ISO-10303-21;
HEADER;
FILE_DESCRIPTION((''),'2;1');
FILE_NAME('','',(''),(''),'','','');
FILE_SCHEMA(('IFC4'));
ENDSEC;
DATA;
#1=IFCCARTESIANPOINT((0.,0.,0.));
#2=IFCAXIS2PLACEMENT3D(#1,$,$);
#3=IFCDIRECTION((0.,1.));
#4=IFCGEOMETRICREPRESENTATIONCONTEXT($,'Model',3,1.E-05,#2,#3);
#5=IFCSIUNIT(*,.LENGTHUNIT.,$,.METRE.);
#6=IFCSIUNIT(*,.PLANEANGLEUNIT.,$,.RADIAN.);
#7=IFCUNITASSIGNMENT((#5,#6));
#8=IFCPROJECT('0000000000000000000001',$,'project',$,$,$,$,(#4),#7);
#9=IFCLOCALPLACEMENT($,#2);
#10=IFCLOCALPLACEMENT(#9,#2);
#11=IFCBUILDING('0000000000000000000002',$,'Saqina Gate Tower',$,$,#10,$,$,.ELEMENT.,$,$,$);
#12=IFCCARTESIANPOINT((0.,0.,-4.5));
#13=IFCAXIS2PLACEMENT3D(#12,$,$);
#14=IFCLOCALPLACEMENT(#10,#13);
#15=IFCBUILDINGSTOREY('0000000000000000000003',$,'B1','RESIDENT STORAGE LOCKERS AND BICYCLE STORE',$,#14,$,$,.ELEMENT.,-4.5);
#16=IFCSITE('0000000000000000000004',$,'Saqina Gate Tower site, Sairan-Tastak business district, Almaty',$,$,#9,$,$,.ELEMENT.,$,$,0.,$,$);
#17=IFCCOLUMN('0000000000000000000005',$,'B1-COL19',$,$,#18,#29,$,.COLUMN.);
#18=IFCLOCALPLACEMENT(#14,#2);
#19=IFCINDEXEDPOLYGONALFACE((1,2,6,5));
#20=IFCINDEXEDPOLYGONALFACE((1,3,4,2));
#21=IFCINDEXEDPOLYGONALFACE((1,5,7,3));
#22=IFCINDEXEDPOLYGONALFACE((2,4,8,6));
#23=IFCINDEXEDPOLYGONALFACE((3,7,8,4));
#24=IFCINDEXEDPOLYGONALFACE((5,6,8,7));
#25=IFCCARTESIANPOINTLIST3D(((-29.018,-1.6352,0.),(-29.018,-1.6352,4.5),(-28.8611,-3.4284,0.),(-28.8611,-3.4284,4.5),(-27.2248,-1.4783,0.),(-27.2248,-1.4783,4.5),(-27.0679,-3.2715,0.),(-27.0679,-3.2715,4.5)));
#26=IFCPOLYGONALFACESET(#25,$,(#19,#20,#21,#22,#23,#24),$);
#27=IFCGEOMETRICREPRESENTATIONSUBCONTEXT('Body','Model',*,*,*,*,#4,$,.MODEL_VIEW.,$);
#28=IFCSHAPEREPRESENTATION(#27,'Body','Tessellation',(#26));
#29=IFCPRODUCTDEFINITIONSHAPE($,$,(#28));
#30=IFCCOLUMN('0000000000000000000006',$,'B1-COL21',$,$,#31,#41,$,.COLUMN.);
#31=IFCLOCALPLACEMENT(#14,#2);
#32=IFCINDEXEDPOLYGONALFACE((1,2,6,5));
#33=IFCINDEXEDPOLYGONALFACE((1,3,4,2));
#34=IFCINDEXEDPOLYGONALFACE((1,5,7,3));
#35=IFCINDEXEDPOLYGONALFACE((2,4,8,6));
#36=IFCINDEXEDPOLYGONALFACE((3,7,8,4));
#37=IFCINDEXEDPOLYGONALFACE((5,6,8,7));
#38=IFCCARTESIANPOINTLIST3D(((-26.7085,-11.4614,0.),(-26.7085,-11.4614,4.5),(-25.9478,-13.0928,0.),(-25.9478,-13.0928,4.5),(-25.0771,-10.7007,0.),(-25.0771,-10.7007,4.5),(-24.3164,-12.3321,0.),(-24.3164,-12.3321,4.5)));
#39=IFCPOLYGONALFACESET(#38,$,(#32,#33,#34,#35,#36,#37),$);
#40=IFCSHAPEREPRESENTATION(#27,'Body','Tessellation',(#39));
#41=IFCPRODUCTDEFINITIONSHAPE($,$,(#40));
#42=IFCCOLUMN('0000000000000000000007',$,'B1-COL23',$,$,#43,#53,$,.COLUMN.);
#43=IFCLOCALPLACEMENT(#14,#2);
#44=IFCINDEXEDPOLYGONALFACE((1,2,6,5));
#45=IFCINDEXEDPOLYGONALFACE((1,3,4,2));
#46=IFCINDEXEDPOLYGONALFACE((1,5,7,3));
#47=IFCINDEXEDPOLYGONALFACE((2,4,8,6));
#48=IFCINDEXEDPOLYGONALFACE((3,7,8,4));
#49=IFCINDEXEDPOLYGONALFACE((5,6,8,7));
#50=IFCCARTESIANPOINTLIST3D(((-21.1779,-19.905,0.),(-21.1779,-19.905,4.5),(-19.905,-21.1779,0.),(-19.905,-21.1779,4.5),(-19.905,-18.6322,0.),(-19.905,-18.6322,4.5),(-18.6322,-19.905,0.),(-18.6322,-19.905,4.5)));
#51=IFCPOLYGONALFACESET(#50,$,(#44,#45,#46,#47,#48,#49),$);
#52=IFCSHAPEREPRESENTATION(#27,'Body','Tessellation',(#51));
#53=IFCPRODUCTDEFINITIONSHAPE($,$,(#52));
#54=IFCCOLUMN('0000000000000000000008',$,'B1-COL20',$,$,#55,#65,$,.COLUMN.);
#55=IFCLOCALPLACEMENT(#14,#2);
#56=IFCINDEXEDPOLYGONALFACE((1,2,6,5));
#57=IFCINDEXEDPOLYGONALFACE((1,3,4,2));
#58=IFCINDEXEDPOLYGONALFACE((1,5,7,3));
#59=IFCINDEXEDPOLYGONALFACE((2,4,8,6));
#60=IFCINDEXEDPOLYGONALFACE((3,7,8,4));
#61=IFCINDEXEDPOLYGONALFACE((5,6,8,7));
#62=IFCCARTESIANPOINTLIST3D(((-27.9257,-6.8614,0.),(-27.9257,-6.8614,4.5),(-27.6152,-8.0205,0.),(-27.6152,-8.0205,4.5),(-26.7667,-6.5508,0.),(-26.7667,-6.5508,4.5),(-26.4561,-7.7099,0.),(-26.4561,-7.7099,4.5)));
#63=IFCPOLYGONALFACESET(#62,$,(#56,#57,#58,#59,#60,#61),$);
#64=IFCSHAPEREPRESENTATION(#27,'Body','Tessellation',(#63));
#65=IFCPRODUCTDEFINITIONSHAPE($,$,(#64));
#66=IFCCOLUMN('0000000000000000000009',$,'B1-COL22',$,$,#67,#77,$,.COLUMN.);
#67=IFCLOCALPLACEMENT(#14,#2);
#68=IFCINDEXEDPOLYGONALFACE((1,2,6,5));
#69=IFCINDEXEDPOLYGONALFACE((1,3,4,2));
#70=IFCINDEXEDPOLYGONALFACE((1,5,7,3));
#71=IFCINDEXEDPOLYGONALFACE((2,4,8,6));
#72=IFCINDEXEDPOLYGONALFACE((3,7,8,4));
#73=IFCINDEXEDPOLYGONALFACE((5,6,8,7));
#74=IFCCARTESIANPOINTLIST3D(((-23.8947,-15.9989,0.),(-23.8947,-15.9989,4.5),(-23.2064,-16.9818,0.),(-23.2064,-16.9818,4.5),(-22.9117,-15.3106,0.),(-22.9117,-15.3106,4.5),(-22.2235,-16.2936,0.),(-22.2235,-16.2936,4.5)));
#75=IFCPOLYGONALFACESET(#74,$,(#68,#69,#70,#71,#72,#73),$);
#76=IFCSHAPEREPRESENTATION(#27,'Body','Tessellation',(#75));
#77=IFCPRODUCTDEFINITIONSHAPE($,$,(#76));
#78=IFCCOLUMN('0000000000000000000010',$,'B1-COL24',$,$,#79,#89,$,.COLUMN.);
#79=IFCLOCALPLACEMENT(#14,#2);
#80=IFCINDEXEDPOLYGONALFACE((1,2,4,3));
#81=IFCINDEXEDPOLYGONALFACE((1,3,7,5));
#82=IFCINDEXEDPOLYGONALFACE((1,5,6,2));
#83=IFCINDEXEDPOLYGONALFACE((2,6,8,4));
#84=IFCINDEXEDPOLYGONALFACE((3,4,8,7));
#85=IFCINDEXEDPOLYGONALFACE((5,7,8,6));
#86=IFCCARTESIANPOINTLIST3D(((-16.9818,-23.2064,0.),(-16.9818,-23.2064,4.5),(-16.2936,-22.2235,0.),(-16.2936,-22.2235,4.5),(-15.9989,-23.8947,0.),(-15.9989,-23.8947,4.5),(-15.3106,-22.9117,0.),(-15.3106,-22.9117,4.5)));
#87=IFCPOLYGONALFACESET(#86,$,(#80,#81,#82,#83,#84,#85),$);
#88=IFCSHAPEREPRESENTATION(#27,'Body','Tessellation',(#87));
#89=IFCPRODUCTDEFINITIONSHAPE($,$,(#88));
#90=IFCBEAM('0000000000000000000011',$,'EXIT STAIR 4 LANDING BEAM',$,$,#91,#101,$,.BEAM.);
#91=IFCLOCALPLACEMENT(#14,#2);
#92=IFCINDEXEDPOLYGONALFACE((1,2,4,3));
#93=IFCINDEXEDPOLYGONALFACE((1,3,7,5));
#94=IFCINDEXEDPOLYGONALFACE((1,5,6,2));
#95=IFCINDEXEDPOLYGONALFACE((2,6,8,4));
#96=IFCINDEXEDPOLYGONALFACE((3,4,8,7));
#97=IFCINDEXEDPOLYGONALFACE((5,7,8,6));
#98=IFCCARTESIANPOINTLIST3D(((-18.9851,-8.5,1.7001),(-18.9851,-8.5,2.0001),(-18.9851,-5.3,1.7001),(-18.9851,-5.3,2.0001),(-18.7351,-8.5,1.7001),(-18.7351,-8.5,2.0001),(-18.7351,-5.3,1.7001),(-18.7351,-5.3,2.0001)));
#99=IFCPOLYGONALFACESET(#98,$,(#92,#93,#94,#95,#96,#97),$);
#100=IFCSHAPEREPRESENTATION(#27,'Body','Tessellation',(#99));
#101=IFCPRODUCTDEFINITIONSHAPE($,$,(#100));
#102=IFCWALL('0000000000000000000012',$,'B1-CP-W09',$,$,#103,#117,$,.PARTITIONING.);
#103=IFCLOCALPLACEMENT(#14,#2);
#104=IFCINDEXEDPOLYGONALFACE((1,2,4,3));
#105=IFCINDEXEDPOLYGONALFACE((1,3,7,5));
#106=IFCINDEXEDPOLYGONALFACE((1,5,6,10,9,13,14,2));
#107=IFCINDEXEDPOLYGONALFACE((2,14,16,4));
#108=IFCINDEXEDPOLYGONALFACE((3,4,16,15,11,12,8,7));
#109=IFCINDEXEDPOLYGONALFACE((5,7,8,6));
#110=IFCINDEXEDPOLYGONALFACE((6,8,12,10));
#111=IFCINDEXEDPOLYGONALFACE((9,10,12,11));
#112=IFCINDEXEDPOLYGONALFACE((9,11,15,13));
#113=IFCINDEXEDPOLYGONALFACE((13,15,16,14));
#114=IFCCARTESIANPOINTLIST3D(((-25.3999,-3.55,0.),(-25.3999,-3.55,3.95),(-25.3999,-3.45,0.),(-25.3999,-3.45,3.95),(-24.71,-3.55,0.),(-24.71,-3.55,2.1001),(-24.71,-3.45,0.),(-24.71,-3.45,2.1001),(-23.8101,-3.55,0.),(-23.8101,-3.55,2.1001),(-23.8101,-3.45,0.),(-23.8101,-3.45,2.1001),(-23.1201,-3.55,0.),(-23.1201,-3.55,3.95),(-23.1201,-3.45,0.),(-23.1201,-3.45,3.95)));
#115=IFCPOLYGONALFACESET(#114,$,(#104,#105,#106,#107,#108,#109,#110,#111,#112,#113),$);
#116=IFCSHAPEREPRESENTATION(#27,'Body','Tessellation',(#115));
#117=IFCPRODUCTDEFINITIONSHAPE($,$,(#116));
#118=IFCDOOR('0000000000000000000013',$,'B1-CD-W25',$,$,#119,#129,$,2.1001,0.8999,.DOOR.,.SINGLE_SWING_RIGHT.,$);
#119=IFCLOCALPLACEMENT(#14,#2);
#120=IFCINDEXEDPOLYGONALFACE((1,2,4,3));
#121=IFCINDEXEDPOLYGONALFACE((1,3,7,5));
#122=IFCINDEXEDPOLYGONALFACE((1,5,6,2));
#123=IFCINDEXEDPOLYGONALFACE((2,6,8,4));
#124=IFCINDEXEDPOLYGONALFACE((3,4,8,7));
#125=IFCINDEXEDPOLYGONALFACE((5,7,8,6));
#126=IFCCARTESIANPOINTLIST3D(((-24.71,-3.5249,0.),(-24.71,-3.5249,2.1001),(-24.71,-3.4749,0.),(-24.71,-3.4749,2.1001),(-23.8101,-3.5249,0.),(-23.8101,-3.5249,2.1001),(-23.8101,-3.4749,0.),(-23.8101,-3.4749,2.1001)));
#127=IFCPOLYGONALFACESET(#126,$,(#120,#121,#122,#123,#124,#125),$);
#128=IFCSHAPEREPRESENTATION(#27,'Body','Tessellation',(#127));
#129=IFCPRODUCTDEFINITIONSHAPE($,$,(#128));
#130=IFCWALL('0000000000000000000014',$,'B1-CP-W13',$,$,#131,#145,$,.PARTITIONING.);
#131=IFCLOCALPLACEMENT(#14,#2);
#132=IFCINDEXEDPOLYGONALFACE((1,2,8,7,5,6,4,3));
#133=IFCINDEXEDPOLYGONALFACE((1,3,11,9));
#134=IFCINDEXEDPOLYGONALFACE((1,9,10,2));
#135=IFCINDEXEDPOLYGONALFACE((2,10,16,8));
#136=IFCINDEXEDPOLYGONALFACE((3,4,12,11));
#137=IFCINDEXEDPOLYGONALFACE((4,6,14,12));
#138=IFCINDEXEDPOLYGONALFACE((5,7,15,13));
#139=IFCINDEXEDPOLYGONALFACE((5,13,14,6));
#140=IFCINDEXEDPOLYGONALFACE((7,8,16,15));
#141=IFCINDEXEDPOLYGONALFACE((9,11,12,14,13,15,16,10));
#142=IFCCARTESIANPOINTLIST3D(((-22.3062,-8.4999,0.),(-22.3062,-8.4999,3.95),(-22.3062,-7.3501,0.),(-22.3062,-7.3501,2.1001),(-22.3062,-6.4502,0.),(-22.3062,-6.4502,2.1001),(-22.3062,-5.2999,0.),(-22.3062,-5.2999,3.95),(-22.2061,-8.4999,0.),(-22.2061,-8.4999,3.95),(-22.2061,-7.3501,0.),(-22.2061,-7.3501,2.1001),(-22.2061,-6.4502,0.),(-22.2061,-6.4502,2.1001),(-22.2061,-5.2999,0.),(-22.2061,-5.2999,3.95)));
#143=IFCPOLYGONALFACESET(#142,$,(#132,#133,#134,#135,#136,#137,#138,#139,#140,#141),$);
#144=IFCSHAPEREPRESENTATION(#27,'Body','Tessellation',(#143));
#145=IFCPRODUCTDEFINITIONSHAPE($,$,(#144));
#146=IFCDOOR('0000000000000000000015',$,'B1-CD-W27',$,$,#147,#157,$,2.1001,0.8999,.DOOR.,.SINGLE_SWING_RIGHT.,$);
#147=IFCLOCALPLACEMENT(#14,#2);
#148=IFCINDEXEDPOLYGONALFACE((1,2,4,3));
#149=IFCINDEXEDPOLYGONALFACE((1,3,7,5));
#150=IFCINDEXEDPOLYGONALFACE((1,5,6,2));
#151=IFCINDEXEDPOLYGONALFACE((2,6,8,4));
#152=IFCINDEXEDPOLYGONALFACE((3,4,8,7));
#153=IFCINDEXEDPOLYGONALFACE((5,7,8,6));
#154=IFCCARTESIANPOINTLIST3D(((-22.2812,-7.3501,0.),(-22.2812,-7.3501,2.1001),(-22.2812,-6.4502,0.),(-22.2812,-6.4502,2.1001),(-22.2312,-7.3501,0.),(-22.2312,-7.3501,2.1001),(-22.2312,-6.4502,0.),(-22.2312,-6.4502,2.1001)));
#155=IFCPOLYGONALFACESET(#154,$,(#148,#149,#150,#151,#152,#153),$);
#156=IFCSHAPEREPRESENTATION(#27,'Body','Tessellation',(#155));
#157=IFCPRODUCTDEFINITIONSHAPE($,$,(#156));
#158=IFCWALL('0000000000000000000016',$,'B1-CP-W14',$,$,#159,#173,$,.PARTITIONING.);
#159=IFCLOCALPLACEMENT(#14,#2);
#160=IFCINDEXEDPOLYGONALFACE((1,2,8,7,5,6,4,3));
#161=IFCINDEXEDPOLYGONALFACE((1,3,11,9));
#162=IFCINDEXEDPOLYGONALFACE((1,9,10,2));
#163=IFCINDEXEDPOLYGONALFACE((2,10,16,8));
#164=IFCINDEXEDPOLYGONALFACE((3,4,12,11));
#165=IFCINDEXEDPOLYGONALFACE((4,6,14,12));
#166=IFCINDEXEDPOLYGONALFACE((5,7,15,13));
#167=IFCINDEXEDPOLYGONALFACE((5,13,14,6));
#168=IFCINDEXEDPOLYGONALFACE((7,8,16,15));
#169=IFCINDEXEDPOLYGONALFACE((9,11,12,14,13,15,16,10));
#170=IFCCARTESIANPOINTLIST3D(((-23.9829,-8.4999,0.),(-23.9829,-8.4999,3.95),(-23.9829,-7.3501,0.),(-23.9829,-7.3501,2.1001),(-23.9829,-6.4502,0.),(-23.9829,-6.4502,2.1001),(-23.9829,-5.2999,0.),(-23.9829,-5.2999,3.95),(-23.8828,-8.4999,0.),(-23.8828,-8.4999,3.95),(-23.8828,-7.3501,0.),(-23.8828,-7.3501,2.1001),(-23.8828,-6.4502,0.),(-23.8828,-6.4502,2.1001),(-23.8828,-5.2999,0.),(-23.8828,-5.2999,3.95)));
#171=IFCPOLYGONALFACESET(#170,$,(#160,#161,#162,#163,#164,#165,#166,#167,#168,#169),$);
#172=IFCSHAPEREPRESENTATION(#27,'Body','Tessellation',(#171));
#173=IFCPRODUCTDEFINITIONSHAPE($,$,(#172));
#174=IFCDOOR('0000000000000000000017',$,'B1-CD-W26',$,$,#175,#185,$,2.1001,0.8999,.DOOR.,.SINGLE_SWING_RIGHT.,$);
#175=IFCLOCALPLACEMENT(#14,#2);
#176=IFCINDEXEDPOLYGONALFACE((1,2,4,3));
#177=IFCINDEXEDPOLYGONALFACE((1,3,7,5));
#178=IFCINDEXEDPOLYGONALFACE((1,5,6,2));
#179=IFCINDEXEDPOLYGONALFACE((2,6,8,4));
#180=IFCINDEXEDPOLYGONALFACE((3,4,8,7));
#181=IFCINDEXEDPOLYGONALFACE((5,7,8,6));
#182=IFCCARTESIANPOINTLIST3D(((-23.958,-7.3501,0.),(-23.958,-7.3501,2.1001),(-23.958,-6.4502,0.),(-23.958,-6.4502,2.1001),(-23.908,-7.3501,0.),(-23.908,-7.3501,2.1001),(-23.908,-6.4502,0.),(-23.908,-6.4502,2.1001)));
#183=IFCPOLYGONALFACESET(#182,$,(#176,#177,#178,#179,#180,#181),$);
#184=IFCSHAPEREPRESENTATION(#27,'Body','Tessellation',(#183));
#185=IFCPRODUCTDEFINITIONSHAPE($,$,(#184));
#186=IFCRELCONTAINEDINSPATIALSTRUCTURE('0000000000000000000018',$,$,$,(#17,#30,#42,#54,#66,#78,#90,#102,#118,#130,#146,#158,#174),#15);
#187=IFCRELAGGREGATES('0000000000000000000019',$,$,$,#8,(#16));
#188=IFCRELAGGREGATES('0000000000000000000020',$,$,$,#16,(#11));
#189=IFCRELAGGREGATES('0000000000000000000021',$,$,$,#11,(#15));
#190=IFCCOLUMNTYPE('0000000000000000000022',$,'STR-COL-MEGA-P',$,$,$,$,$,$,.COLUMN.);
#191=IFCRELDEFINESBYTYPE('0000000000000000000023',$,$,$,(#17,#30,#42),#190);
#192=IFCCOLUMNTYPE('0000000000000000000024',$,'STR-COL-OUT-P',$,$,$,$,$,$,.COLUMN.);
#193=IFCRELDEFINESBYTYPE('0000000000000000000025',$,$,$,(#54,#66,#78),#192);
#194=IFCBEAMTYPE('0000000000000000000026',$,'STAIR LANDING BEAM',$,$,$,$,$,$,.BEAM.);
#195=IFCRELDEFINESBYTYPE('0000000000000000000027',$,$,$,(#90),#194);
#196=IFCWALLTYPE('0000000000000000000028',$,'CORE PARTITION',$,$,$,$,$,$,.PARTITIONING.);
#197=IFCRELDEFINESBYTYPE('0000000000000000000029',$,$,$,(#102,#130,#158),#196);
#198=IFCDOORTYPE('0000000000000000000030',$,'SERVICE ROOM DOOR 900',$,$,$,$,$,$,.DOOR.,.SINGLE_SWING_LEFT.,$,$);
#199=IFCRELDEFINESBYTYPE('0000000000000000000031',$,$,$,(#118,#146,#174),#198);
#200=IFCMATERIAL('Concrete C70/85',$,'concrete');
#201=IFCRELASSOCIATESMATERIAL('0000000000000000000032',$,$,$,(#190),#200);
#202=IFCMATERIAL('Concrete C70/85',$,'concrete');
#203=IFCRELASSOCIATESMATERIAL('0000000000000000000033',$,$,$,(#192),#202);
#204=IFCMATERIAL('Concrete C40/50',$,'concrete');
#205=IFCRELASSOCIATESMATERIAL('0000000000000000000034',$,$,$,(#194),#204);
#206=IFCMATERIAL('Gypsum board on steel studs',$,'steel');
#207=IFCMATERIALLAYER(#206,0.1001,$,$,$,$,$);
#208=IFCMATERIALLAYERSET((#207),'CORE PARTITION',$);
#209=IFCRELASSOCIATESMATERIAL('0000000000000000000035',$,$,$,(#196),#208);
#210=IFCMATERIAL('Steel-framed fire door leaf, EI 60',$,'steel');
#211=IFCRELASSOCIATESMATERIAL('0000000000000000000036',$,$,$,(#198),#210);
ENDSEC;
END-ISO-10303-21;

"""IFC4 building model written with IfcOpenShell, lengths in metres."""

from ifc_helpers import new_model, si_unit, direction, frame, frame_2d, origin, origin_2d, place, context, subcontext, project, spatial, rectangle, extrude, material, layer, layer_set, material_profile, profile_set, type_object, element, fill, save


model = new_model("IFC4")

# Units and contexts
model_context = context("Model", 3, precision=1e-05, world=origin(), true_north=direction((0.0, 1.0)))
body_context = subcontext(model_context, "Body", "Model", "MODEL_VIEW")
ifc_project = project(units=[si_unit("LENGTHUNIT", "METRE"), si_unit("PLANEANGLEUNIT", "RADIAN")], contexts=[model_context])

# Site, building, storey
site_placement = place(None, origin())
site = spatial("IfcSite", under=ifc_project, at=site_placement, Name="Saqina Gate Tower site, Sairan-Tastak business district, Almaty", CompositionType="ELEMENT", RefElevation=0.0)
building_placement = place(site_placement, origin())
building = spatial("IfcBuilding", under=site, at=building_placement, Name="Saqina Gate Tower", CompositionType="ELEMENT")
storey_placement = place(building_placement, frame((0.0, 0.0, -4.5)))
storey = spatial("IfcBuildingStorey", under=building, at=storey_placement, Name="B1", Description="RESIDENT STORAGE LOCKERS AND BICYCLE STORE", CompositionType="ELEMENT", Elevation=-4.5)

# Columns
ifc_material_1 = material(Name="Concrete C70/85", Category="concrete")
ifc_material_profile_1 = material_profile(ifc_material_1, rectangle(XDim=1.8, YDim=1.8, at=origin_2d()), Name="RC 1800x1800")
ifc_profile_set_1 = profile_set([ifc_material_profile_1], Name="Concrete C70/85")
column_type_1 = type_object("IfcColumnType", Name="STR-COL-MEGA-P", PredefinedType="COLUMN", material=ifc_profile_set_1)
for number, where, z_axis, x_axis, name in (
    (1, (-28.043, -2.4534, 0.0), (0.0, 0.0, 1.0), (-0.996195, -0.087156, 0.0), "B1-COL19"),
    (2, (-25.5125, -11.8967, 0.0), (0.0, 0.0, 1.0), (-0.906308, -0.422618, 0.0), "B1-COL21"),
    (3, (-19.905, -19.905, 0.0), (0.0, 0.0, 1.0), (-0.707107, -0.707107, 0.0), "B1-COL23"),
):
    element("IfcColumn", number, at=place(storey_placement, frame(where, z_axis=z_axis, x_axis=x_axis)), inside=storey, type_object=column_type_1, Name=name, PredefinedType="COLUMN", context=body_context, shape_type="SweptSolid", body=[
        extrude(rectangle(XDim=1.8, YDim=1.8, at=origin_2d()), origin(), (0.0, 0.0, 1.0), 4.5),
    ])
ifc_material_2 = material(Name="Concrete C70/85", Category="concrete")
ifc_material_profile_2 = material_profile(ifc_material_2, rectangle(XDim=1.2, YDim=1.2, at=origin_2d()), Name="RC 1200x1200")
ifc_profile_set_2 = profile_set([ifc_material_profile_2], Name="Concrete C70/85")
column_type_2 = type_object("IfcColumnType", Name="STR-COL-OUT-P", PredefinedType="COLUMN", material=ifc_profile_set_2)
for number, where, z_axis, x_axis, name in (
    (4, (-27.1909, -7.2856, 0.0), (0.0, 0.0, 1.0), (-0.965926, -0.258819, 0.0), "B1-COL20"),
    (5, (-23.0591, -16.1462, 0.0), (0.0, 0.0, 1.0), (-0.819152, -0.573576, 0.0), "B1-COL22"),
    (6, (-16.1462, -23.0591, 0.0), (0.0, 0.0, 1.0), (-0.573576, -0.819152, 0.0), "B1-COL24"),
):
    element("IfcColumn", number, at=place(storey_placement, frame(where, z_axis=z_axis, x_axis=x_axis)), inside=storey, type_object=column_type_2, Name=name, PredefinedType="COLUMN", context=body_context, shape_type="SweptSolid", body=[
        extrude(rectangle(XDim=1.2, YDim=1.2, at=origin_2d()), origin(), (0.0, 0.0, 1.0), 4.5),
    ])

# Beam
ifc_material_3 = material(Name="Concrete C40/50", Category="concrete")
ifc_material_profile_3 = material_profile(ifc_material_3, rectangle(XDim=0.25, YDim=0.3, at=origin_2d()), Name="STAIR LANDING BEAM")
ifc_profile_set_3 = profile_set([ifc_material_profile_3], Name="Concrete C40/50")
beam_type = type_object("IfcBeamType", Name="STAIR LANDING BEAM", PredefinedType="BEAM", material=ifc_profile_set_3)
beam_placement = place(storey_placement, frame((-18.8601, -8.5, 1.8501), z_axis=(0.0, 1.0, 0.0), x_axis=(-1.0, 0.0, 0.0)))
element("IfcBeam", 7, at=beam_placement, inside=storey, type_object=beam_type, Name="EXIT STAIR 4 LANDING BEAM", PredefinedType="BEAM", context=body_context, shape_type="SweptSolid", body=[
    extrude(rectangle(XDim=0.25, YDim=0.3, at=origin_2d()), origin(), (0.0, 0.0, 1.0), 3.2),
])

# Walls, openings, doors
ifc_material_4 = material(Name="Gypsum board on steel studs", Category="steel")
ifc_layer_1 = layer(ifc_material_4, 0.1001)
ifc_layer_set_1 = layer_set([ifc_layer_1], Name="CORE PARTITION")
wall_type_1 = type_object("IfcWallType", Name="CORE PARTITION", PredefinedType="PARTITIONING", material=ifc_layer_set_1)
wall_1_placement = place(storey_placement, frame((-23.1201, -3.5, 0.0), z_axis=(0.0, 0.0, 1.0), x_axis=(-1.0, 0.0, 0.0)))
wall_1 = element("IfcWall", 8, at=wall_1_placement, inside=storey, type_object=wall_type_1, Name="B1-CP-W09", PredefinedType="PARTITIONING", context=body_context, shape_type="SweptSolid", body=[
    extrude(rectangle(XDim=2.2798, YDim=0.1001, at=frame_2d((1.1399, 0.0))), origin(), (0.0, 0.0, 1.0), 3.95),
])
opening_1_placement = place(wall_1_placement, frame((0.6899, 0.0, 0.0)))
opening_1 = element("IfcOpeningElement", 9, at=opening_1_placement, cuts=wall_1, PredefinedType="OPENING", context=body_context, shape_type="SweptSolid", body=[
    extrude(rectangle(XDim=0.8999, YDim=2.1001, at=frame_2d((0.45, 1.05))), frame((0.0, 0.062, 0.0), z_axis=(0.0, -1.0, 0.0), x_axis=(1.0, 0.0, 0.0)), (0.0, 0.0, 1.0), 0.124),
])
ifc_material_5 = material(Name="Steel-framed fire door leaf, EI 60", Category="steel")
door_type_1 = type_object("IfcDoorType", Name="SERVICE ROOM DOOR 900", OperationType="SINGLE_SWING_LEFT", PredefinedType="DOOR", material=ifc_material_5)
door_1_placement = place(opening_1_placement, origin())
door_1 = element("IfcDoor", 10, at=door_1_placement, inside=storey, type_object=door_type_1, Name="B1-CD-W25", OperationType="SINGLE_SWING_RIGHT", OverallHeight=2.1001, OverallWidth=0.8999, PredefinedType="DOOR", context=body_context, shape_type="SweptSolid", body=[
    extrude(rectangle(XDim=0.8999, YDim=2.1001, at=frame_2d((0.45, 1.05))), frame((0.0, 0.0249, 0.0), z_axis=(0.0, -1.0, 0.0), x_axis=(1.0, 0.0, 0.0)), (0.0, 0.0, 1.0), 0.05),
])
fill(opening_1, door_1)
wall_2_placement = place(storey_placement, frame((-22.2561, -8.5, 0.0), z_axis=(0.0, 0.0, 1.0), x_axis=(0.0, 1.0, 0.0)))
wall_2 = element("IfcWall", 11, at=wall_2_placement, inside=storey, type_object=wall_type_1, Name="B1-CP-W13", PredefinedType="PARTITIONING", context=body_context, shape_type="SweptSolid", body=[
    extrude(rectangle(XDim=3.2, YDim=0.1001, at=frame_2d((1.6001, 0.0))), origin(), (0.0, 0.0, 1.0), 3.95),
])
opening_2_placement = place(wall_2_placement, frame((1.1499, 0.0, 0.0)))
opening_2 = element("IfcOpeningElement", 12, at=opening_2_placement, cuts=wall_2, PredefinedType="OPENING", context=body_context, shape_type="SweptSolid", body=[
    extrude(rectangle(XDim=0.8999, YDim=2.1001, at=frame_2d((0.45, 1.05))), frame((0.0, 0.062, 0.0), z_axis=(0.0, -1.0, 0.0), x_axis=(1.0, 0.0, 0.0)), (0.0, 0.0, 1.0), 0.124),
])
door_2_placement = place(opening_2_placement, frame((0.8999, 0.0, 0.0), z_axis=(0.0, 0.0, 1.0), x_axis=(-1.0, 0.0, 0.0)))
door_2 = element("IfcDoor", 13, at=door_2_placement, inside=storey, type_object=door_type_1, Name="B1-CD-W27", OperationType="SINGLE_SWING_RIGHT", OverallHeight=2.1001, OverallWidth=0.8999, PredefinedType="DOOR", context=body_context, shape_type="SweptSolid", body=[
    extrude(rectangle(XDim=0.8999, YDim=2.1001, at=frame_2d((0.45, 1.05))), frame((0.0, 0.0249, 0.0), z_axis=(0.0, -1.0, 0.0), x_axis=(1.0, 0.0, 0.0)), (0.0, 0.0, 1.0), 0.05),
])
fill(opening_2, door_2)
wall_3_placement = place(storey_placement, frame((-23.9329, -8.5, 0.0), z_axis=(0.0, 0.0, 1.0), x_axis=(0.0, 1.0, 0.0)))
wall_3 = element("IfcWall", 14, at=wall_3_placement, inside=storey, type_object=wall_type_1, Name="B1-CP-W14", PredefinedType="PARTITIONING", context=body_context, shape_type="SweptSolid", body=[
    extrude(rectangle(XDim=3.2, YDim=0.1001, at=frame_2d((1.6001, 0.0))), origin(), (0.0, 0.0, 1.0), 3.95),
])
opening_3_placement = place(wall_3_placement, frame((1.1499, 0.0, 0.0)))
opening_3 = element("IfcOpeningElement", 15, at=opening_3_placement, cuts=wall_3, PredefinedType="OPENING", context=body_context, shape_type="SweptSolid", body=[
    extrude(rectangle(XDim=0.8999, YDim=2.1001, at=frame_2d((0.45, 1.05))), frame((0.0, 0.062, 0.0), z_axis=(0.0, -1.0, 0.0), x_axis=(1.0, 0.0, 0.0)), (0.0, 0.0, 1.0), 0.124),
])
door_3_placement = place(opening_3_placement, frame((0.8999, 0.0, 0.0), z_axis=(0.0, 0.0, 1.0), x_axis=(-1.0, 0.0, 0.0)))
door_3 = element("IfcDoor", 16, at=door_3_placement, inside=storey, type_object=door_type_1, Name="B1-CD-W26", OperationType="SINGLE_SWING_RIGHT", OverallHeight=2.1001, OverallWidth=0.8999, PredefinedType="DOOR", context=body_context, shape_type="SweptSolid", body=[
    extrude(rectangle(XDim=0.8999, YDim=2.1001, at=frame_2d((0.45, 1.05))), frame((0.0, 0.0249, 0.0), z_axis=(0.0, -1.0, 0.0), x_axis=(1.0, 0.0, 0.0)), (0.0, 0.0, 1.0), 0.05),
])
fill(opening_3, door_3)

save(model, "model.ifc")
